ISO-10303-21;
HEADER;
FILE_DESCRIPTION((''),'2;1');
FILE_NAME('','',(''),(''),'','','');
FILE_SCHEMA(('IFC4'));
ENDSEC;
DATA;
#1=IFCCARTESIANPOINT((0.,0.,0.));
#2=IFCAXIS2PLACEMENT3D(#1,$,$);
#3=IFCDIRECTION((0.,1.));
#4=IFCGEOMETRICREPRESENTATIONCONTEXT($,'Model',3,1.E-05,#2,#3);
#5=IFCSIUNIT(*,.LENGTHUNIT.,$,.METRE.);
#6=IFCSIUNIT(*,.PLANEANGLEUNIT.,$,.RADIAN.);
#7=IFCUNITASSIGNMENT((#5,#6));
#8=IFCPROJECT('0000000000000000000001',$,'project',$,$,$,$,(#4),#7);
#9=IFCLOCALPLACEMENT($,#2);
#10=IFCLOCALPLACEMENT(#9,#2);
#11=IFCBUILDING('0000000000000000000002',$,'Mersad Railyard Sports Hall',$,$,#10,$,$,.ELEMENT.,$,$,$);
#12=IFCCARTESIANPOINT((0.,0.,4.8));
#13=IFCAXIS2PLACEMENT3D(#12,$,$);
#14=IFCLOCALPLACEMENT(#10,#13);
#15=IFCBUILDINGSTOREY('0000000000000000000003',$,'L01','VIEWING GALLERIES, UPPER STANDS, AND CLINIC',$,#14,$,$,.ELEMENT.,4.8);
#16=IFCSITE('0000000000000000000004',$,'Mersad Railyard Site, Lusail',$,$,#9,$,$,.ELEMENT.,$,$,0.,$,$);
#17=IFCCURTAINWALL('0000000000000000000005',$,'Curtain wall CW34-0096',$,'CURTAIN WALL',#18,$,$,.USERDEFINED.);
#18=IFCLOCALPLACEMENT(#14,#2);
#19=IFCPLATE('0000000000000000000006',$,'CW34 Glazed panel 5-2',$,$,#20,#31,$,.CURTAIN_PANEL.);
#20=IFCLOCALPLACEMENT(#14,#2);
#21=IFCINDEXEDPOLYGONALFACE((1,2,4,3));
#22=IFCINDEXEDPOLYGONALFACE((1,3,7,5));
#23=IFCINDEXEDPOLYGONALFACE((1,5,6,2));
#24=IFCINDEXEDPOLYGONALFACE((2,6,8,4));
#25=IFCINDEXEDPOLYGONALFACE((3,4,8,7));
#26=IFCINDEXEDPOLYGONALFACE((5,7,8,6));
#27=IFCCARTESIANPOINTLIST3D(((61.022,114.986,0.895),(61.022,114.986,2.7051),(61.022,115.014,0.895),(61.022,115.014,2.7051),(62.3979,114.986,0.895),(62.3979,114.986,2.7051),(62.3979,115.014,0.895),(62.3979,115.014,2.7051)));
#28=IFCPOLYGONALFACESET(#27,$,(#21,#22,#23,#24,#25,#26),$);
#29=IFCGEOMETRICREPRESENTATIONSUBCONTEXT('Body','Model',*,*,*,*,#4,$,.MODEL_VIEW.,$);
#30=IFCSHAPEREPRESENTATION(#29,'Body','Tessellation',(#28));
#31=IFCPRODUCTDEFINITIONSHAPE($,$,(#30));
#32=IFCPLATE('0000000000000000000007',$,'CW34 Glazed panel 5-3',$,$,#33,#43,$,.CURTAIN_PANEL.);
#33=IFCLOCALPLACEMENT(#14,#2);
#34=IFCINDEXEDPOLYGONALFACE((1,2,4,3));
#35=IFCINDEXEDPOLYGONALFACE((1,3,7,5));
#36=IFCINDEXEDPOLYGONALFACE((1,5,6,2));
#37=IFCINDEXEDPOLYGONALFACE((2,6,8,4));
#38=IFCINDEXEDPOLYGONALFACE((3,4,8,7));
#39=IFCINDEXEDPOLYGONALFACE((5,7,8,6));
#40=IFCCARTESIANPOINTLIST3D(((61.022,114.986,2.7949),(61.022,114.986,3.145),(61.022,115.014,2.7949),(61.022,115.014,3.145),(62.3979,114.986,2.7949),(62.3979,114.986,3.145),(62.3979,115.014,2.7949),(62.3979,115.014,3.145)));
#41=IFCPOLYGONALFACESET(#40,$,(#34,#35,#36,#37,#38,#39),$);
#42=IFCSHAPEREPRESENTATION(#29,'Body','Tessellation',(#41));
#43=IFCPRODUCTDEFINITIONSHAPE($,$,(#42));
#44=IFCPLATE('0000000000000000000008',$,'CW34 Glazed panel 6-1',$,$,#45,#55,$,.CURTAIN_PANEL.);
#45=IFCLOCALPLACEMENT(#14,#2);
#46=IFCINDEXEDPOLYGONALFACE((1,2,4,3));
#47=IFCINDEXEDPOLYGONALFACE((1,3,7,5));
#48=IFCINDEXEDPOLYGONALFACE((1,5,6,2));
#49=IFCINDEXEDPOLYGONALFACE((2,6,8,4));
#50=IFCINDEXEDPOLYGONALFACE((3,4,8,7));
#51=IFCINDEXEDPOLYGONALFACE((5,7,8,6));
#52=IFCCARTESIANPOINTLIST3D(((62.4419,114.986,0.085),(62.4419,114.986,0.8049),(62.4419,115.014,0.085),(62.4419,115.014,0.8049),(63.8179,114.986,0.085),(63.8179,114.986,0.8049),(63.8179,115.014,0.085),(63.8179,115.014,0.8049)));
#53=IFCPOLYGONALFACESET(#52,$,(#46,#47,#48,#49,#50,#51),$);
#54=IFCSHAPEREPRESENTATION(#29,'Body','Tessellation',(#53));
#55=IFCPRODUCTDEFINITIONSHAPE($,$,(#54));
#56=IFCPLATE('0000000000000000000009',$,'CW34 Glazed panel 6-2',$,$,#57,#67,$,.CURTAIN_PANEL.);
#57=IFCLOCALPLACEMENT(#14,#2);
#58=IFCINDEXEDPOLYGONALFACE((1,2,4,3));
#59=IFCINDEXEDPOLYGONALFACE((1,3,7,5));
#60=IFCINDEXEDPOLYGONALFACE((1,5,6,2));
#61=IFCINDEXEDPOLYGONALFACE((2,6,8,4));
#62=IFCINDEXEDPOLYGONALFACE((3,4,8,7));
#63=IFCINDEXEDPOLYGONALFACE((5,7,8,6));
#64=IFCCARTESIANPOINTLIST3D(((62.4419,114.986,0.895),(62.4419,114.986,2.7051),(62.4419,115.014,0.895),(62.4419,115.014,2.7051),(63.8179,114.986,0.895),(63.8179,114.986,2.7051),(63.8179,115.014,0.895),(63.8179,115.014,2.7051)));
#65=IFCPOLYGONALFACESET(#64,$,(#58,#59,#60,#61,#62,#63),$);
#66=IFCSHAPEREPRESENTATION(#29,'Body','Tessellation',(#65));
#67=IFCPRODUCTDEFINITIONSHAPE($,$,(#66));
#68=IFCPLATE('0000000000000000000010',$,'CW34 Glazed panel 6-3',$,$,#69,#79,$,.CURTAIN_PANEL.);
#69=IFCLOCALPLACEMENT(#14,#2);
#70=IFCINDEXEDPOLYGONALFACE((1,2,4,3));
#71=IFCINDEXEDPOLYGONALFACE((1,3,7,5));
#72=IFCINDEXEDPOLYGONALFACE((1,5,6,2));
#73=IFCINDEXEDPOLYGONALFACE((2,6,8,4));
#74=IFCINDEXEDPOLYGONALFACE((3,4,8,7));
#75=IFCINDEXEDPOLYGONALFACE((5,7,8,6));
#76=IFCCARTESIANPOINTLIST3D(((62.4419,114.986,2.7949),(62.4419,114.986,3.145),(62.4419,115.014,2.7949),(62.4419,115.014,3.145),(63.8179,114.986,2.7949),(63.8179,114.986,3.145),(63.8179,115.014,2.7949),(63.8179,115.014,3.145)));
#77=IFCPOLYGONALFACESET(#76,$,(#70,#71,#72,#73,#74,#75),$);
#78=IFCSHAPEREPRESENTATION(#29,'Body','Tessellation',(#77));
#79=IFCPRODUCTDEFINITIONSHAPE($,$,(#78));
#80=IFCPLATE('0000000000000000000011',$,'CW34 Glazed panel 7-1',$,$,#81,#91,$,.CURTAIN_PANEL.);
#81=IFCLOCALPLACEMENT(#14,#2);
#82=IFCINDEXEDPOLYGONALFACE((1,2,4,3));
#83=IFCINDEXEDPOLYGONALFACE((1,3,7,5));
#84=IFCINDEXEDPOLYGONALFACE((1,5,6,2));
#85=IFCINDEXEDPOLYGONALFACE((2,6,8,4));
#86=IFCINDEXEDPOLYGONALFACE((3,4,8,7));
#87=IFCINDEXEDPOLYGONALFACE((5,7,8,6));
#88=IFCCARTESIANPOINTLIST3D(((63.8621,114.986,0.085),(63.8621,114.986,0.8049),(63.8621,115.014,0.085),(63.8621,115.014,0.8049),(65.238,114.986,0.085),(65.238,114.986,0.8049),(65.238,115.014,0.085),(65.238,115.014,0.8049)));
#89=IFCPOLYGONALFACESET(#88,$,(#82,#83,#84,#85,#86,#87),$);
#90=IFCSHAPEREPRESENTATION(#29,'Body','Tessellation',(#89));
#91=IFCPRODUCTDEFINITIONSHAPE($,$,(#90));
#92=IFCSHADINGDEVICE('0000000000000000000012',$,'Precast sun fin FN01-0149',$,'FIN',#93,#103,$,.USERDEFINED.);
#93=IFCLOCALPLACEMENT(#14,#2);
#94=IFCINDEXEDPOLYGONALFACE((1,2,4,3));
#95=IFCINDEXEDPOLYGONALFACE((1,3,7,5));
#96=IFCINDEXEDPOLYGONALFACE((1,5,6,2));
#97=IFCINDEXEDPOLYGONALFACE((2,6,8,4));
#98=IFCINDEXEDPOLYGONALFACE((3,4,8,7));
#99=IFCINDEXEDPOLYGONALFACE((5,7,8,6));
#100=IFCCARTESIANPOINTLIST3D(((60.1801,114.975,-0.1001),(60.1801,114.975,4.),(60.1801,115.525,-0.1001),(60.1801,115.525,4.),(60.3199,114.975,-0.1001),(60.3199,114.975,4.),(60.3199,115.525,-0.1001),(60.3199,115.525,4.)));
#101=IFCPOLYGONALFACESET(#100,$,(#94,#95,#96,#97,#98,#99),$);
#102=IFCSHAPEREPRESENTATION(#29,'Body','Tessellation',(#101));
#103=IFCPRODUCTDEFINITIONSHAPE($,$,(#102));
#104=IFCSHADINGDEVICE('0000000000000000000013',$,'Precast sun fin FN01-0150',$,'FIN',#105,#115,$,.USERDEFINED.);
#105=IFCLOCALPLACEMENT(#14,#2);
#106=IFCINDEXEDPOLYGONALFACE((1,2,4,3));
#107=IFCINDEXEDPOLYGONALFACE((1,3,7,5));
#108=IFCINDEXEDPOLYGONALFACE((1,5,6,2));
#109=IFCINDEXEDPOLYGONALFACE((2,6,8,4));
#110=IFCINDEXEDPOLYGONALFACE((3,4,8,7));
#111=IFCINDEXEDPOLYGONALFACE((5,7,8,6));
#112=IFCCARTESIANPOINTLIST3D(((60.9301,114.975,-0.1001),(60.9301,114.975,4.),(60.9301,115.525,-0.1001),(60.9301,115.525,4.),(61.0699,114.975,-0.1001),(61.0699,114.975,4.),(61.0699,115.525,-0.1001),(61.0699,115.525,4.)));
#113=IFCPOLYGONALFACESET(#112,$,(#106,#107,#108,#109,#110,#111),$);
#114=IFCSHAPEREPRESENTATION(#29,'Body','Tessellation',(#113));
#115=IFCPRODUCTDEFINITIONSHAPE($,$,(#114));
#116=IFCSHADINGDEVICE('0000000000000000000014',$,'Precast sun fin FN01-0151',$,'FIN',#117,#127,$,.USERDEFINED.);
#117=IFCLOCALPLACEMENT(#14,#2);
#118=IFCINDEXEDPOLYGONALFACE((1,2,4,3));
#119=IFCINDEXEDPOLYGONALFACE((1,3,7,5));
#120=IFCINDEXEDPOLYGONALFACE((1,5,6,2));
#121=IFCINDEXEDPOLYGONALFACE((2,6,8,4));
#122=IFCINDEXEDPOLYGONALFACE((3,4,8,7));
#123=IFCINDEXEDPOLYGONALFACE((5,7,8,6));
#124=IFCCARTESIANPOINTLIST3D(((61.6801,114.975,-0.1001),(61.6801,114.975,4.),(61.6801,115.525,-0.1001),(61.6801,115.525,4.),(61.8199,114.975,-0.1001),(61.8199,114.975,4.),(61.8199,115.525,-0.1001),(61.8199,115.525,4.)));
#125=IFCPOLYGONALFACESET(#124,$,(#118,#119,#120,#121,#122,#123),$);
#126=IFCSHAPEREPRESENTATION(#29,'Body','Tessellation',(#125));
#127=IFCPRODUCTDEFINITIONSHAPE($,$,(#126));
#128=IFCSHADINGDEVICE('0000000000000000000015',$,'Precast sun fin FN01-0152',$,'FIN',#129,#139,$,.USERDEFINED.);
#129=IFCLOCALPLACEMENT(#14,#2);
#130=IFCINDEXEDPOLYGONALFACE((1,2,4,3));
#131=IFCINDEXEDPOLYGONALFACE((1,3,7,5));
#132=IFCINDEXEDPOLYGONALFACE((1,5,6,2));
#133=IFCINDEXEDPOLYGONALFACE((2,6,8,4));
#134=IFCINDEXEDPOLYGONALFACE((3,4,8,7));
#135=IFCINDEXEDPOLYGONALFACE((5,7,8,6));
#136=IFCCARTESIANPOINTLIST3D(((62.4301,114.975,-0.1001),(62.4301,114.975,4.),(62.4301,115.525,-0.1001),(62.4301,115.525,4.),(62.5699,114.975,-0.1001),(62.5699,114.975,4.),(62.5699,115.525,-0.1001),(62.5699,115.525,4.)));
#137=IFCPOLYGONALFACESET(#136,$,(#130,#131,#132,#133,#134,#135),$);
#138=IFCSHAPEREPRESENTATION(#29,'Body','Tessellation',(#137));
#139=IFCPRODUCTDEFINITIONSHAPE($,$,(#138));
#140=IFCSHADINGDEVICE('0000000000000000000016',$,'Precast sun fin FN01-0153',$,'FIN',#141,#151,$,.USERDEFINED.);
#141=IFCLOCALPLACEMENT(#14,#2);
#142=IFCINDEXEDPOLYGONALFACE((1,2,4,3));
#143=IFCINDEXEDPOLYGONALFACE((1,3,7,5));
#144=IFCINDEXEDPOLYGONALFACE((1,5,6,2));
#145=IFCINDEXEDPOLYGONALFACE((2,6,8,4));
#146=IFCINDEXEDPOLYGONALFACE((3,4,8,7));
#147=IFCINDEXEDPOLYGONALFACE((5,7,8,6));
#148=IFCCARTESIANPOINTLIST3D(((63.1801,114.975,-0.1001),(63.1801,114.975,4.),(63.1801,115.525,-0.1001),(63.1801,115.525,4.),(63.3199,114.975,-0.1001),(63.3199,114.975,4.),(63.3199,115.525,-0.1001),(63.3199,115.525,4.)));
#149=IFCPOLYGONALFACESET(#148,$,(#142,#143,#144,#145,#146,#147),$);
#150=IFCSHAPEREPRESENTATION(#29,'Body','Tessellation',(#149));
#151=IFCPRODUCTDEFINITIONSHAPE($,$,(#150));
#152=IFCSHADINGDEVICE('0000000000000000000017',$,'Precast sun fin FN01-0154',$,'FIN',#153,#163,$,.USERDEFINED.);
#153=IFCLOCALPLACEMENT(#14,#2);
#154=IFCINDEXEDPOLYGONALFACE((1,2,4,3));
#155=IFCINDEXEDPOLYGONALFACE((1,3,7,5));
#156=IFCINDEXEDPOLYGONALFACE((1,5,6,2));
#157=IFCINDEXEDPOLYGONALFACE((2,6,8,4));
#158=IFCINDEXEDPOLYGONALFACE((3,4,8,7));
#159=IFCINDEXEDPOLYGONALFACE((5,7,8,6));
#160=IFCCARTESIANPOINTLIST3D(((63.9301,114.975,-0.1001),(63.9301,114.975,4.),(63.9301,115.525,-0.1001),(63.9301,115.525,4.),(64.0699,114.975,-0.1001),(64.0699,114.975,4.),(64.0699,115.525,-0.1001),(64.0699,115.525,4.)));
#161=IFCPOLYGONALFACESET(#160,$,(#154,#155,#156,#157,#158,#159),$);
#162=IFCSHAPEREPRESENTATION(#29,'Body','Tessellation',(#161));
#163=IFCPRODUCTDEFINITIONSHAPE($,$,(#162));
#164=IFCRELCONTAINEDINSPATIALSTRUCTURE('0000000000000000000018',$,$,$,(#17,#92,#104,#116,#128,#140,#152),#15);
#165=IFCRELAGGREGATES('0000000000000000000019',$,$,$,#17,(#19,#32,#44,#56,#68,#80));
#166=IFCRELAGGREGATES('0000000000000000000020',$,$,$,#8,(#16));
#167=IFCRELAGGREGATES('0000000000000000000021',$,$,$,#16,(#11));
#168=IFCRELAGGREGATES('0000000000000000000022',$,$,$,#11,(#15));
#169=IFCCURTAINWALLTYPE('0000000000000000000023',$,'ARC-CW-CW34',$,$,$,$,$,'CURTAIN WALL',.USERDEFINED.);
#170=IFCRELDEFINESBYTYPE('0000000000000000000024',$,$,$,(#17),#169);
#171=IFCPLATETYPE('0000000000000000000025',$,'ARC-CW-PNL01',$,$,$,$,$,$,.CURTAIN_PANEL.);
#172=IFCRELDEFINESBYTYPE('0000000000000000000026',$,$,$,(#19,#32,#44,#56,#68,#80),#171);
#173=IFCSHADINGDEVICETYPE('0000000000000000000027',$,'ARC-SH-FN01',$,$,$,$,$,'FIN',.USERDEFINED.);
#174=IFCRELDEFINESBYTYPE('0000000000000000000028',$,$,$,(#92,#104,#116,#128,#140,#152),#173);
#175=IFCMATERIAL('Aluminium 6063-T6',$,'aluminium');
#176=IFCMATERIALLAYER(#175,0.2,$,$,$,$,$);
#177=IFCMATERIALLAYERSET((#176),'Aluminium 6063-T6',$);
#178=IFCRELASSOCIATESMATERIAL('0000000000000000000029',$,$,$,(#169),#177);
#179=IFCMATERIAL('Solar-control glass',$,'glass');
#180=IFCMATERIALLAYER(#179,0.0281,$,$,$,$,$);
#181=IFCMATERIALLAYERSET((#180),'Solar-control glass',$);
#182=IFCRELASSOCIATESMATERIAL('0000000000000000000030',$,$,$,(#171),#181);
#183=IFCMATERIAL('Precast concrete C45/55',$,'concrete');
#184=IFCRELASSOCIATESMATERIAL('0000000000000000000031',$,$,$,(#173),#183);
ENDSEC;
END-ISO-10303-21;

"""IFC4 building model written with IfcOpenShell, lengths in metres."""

from ifc_helpers import new_model, si_unit, direction, frame, origin, origin_2d, place, context, subcontext, project, spatial, rectangle, extrude, material, layer, layer_set, type_object, element, aggregate, save


model = new_model("IFC4")

# Units and contexts
model_context = context("Model", 3, precision=1e-05, world=origin(), true_north=direction((0.0, 1.0)))
body_context = subcontext(model_context, "Body", "Model", "MODEL_VIEW")
ifc_project = project(units=[si_unit("LENGTHUNIT", "METRE"), si_unit("PLANEANGLEUNIT", "RADIAN")], contexts=[model_context])

# Site, building, storey
site_placement = place(None, origin())
site = spatial("IfcSite", under=ifc_project, at=site_placement, Name="Mersad Railyard Site, Lusail", CompositionType="ELEMENT", RefElevation=0.0)
building_placement = place(site_placement, origin())
building = spatial("IfcBuilding", under=site, at=building_placement, Name="Mersad Railyard Sports Hall", CompositionType="ELEMENT")
storey_placement = place(building_placement, frame((0.0, 0.0, 4.8)))
storey = spatial("IfcBuildingStorey", under=building, at=storey_placement, Name="L01", Description="VIEWING GALLERIES, UPPER STANDS, AND CLINIC", CompositionType="ELEMENT", Elevation=4.8)

# Curtain wall, plates
ifc_material_1 = material(Name="Aluminium 6063-T6", Category="aluminium")
ifc_layer_1 = layer(ifc_material_1, 0.2)
ifc_layer_set_1 = layer_set([ifc_layer_1], Name="Aluminium 6063-T6")
curtain_wall_type = type_object("IfcCurtainWallType", Name="ARC-CW-CW34", ElementType="CURTAIN WALL", PredefinedType="USERDEFINED", material=ifc_layer_set_1)
curtain_wall_placement = place(storey_placement, origin())
curtain_wall = element("IfcCurtainWall", 1, at=curtain_wall_placement, inside=storey, type_object=curtain_wall_type, Name="Curtain wall CW34-0096", ObjectType="CURTAIN WALL", PredefinedType="USERDEFINED")
ifc_material_2 = material(Name="Solar-control glass", Category="glass")
ifc_layer_2 = layer(ifc_material_2, 0.0281)
ifc_layer_set_2 = layer_set([ifc_layer_2], Name="Solar-control glass")
plate_type = type_object("IfcPlateType", Name="ARC-CW-PNL01", PredefinedType="CURTAIN_PANEL", material=ifc_layer_set_2)
plate_1_placement = place(storey_placement, frame((61.71, 115.0, 0.895), z_axis=(0.0, 0.0, 1.0), x_axis=(1.0, 0.0, 0.0)))
plate_1 = element("IfcPlate", 2, at=plate_1_placement, type_object=plate_type, Name="CW34 Glazed panel 5-2", PredefinedType="CURTAIN_PANEL", context=body_context, shape_type="SweptSolid", body=[
    extrude(rectangle(XDim=1.376, YDim=0.0281, at=origin_2d()), origin(), (0.0, 0.0, 1.0), 1.8101),
])
plate_2_placement = place(storey_placement, frame((61.71, 115.0, 2.7949), z_axis=(0.0, 0.0, 1.0), x_axis=(1.0, 0.0, 0.0)))
plate_2 = element("IfcPlate", 3, at=plate_2_placement, type_object=plate_type, Name="CW34 Glazed panel 5-3", PredefinedType="CURTAIN_PANEL", context=body_context, shape_type="SweptSolid", body=[
    extrude(rectangle(XDim=1.376, YDim=0.0281, at=origin_2d()), origin(), (0.0, 0.0, 1.0), 0.3501),
])
plate_3_placement = place(storey_placement, frame((63.1299, 115.0, 0.085), z_axis=(0.0, 0.0, 1.0), x_axis=(1.0, 0.0, 0.0)))
plate_3 = element("IfcPlate", 4, at=plate_3_placement, type_object=plate_type, Name="CW34 Glazed panel 6-1", PredefinedType="CURTAIN_PANEL", context=body_context, shape_type="SweptSolid", body=[
    extrude(rectangle(XDim=1.376, YDim=0.0281, at=origin_2d()), origin(), (0.0, 0.0, 1.0), 0.72),
])
plate_4_placement = place(storey_placement, frame((63.1299, 115.0, 0.895), z_axis=(0.0, 0.0, 1.0), x_axis=(1.0, 0.0, 0.0)))
plate_4 = element("IfcPlate", 5, at=plate_4_placement, type_object=plate_type, Name="CW34 Glazed panel 6-2", PredefinedType="CURTAIN_PANEL", context=body_context, shape_type="SweptSolid", body=[
    extrude(rectangle(XDim=1.376, YDim=0.0281, at=origin_2d()), origin(), (0.0, 0.0, 1.0), 1.8101),
])
plate_5_placement = place(storey_placement, frame((63.1299, 115.0, 2.7949), z_axis=(0.0, 0.0, 1.0), x_axis=(1.0, 0.0, 0.0)))
plate_5 = element("IfcPlate", 6, at=plate_5_placement, type_object=plate_type, Name="CW34 Glazed panel 6-3", PredefinedType="CURTAIN_PANEL", context=body_context, shape_type="SweptSolid", body=[
    extrude(rectangle(XDim=1.376, YDim=0.0281, at=origin_2d()), origin(), (0.0, 0.0, 1.0), 0.3501),
])
plate_6_placement = place(storey_placement, frame((64.55, 115.0, 0.085), z_axis=(0.0, 0.0, 1.0), x_axis=(1.0, 0.0, 0.0)))
plate_6 = element("IfcPlate", 7, at=plate_6_placement, type_object=plate_type, Name="CW34 Glazed panel 7-1", PredefinedType="CURTAIN_PANEL", context=body_context, shape_type="SweptSolid", body=[
    extrude(rectangle(XDim=1.376, YDim=0.0281, at=origin_2d()), origin(), (0.0, 0.0, 1.0), 0.72),
])
aggregate(curtain_wall, [plate_1, plate_2, plate_3, plate_4, plate_5, plate_6])

# Shading devices
ifc_material_3 = material(Name="Precast concrete C45/55", Category="concrete")
shading_device_type = type_object("IfcShadingDeviceType", Name="ARC-SH-FN01", ElementType="FIN", PredefinedType="USERDEFINED", material=ifc_material_3)
for number, where, z_axis, x_axis, name in (
    (8, (60.25, 115.25, -0.1001), (0.0, 0.0, 1.0), (1.0, 0.0, 0.0), "Precast sun fin FN01-0149"),
    (9, (61.0, 115.25, -0.1001), (0.0, 0.0, 1.0), (1.0, 0.0, 0.0), "Precast sun fin FN01-0150"),
    (10, (61.75, 115.25, -0.1001), (0.0, 0.0, 1.0), (1.0, 0.0, 0.0), "Precast sun fin FN01-0151"),
    (11, (62.5, 115.25, -0.1001), (0.0, 0.0, 1.0), (1.0, 0.0, 0.0), "Precast sun fin FN01-0152"),
    (12, (63.25, 115.25, -0.1001), (0.0, 0.0, 1.0), (1.0, 0.0, 0.0), "Precast sun fin FN01-0153"),
    (13, (64.0, 115.25, -0.1001), (0.0, 0.0, 1.0), (1.0, 0.0, 0.0), "Precast sun fin FN01-0154"),
):
    element("IfcShadingDevice", number, at=place(storey_placement, frame(where, z_axis=z_axis, x_axis=x_axis)), inside=storey, type_object=shading_device_type, Name=name, ObjectType="FIN", PredefinedType="USERDEFINED", context=body_context, shape_type="SweptSolid", body=[
        extrude(rectangle(XDim=0.1399, YDim=0.55, at=origin_2d()), origin(), (0.0, 0.0, 1.0), 4.1001),
    ])

save(model, "model.ifc")
